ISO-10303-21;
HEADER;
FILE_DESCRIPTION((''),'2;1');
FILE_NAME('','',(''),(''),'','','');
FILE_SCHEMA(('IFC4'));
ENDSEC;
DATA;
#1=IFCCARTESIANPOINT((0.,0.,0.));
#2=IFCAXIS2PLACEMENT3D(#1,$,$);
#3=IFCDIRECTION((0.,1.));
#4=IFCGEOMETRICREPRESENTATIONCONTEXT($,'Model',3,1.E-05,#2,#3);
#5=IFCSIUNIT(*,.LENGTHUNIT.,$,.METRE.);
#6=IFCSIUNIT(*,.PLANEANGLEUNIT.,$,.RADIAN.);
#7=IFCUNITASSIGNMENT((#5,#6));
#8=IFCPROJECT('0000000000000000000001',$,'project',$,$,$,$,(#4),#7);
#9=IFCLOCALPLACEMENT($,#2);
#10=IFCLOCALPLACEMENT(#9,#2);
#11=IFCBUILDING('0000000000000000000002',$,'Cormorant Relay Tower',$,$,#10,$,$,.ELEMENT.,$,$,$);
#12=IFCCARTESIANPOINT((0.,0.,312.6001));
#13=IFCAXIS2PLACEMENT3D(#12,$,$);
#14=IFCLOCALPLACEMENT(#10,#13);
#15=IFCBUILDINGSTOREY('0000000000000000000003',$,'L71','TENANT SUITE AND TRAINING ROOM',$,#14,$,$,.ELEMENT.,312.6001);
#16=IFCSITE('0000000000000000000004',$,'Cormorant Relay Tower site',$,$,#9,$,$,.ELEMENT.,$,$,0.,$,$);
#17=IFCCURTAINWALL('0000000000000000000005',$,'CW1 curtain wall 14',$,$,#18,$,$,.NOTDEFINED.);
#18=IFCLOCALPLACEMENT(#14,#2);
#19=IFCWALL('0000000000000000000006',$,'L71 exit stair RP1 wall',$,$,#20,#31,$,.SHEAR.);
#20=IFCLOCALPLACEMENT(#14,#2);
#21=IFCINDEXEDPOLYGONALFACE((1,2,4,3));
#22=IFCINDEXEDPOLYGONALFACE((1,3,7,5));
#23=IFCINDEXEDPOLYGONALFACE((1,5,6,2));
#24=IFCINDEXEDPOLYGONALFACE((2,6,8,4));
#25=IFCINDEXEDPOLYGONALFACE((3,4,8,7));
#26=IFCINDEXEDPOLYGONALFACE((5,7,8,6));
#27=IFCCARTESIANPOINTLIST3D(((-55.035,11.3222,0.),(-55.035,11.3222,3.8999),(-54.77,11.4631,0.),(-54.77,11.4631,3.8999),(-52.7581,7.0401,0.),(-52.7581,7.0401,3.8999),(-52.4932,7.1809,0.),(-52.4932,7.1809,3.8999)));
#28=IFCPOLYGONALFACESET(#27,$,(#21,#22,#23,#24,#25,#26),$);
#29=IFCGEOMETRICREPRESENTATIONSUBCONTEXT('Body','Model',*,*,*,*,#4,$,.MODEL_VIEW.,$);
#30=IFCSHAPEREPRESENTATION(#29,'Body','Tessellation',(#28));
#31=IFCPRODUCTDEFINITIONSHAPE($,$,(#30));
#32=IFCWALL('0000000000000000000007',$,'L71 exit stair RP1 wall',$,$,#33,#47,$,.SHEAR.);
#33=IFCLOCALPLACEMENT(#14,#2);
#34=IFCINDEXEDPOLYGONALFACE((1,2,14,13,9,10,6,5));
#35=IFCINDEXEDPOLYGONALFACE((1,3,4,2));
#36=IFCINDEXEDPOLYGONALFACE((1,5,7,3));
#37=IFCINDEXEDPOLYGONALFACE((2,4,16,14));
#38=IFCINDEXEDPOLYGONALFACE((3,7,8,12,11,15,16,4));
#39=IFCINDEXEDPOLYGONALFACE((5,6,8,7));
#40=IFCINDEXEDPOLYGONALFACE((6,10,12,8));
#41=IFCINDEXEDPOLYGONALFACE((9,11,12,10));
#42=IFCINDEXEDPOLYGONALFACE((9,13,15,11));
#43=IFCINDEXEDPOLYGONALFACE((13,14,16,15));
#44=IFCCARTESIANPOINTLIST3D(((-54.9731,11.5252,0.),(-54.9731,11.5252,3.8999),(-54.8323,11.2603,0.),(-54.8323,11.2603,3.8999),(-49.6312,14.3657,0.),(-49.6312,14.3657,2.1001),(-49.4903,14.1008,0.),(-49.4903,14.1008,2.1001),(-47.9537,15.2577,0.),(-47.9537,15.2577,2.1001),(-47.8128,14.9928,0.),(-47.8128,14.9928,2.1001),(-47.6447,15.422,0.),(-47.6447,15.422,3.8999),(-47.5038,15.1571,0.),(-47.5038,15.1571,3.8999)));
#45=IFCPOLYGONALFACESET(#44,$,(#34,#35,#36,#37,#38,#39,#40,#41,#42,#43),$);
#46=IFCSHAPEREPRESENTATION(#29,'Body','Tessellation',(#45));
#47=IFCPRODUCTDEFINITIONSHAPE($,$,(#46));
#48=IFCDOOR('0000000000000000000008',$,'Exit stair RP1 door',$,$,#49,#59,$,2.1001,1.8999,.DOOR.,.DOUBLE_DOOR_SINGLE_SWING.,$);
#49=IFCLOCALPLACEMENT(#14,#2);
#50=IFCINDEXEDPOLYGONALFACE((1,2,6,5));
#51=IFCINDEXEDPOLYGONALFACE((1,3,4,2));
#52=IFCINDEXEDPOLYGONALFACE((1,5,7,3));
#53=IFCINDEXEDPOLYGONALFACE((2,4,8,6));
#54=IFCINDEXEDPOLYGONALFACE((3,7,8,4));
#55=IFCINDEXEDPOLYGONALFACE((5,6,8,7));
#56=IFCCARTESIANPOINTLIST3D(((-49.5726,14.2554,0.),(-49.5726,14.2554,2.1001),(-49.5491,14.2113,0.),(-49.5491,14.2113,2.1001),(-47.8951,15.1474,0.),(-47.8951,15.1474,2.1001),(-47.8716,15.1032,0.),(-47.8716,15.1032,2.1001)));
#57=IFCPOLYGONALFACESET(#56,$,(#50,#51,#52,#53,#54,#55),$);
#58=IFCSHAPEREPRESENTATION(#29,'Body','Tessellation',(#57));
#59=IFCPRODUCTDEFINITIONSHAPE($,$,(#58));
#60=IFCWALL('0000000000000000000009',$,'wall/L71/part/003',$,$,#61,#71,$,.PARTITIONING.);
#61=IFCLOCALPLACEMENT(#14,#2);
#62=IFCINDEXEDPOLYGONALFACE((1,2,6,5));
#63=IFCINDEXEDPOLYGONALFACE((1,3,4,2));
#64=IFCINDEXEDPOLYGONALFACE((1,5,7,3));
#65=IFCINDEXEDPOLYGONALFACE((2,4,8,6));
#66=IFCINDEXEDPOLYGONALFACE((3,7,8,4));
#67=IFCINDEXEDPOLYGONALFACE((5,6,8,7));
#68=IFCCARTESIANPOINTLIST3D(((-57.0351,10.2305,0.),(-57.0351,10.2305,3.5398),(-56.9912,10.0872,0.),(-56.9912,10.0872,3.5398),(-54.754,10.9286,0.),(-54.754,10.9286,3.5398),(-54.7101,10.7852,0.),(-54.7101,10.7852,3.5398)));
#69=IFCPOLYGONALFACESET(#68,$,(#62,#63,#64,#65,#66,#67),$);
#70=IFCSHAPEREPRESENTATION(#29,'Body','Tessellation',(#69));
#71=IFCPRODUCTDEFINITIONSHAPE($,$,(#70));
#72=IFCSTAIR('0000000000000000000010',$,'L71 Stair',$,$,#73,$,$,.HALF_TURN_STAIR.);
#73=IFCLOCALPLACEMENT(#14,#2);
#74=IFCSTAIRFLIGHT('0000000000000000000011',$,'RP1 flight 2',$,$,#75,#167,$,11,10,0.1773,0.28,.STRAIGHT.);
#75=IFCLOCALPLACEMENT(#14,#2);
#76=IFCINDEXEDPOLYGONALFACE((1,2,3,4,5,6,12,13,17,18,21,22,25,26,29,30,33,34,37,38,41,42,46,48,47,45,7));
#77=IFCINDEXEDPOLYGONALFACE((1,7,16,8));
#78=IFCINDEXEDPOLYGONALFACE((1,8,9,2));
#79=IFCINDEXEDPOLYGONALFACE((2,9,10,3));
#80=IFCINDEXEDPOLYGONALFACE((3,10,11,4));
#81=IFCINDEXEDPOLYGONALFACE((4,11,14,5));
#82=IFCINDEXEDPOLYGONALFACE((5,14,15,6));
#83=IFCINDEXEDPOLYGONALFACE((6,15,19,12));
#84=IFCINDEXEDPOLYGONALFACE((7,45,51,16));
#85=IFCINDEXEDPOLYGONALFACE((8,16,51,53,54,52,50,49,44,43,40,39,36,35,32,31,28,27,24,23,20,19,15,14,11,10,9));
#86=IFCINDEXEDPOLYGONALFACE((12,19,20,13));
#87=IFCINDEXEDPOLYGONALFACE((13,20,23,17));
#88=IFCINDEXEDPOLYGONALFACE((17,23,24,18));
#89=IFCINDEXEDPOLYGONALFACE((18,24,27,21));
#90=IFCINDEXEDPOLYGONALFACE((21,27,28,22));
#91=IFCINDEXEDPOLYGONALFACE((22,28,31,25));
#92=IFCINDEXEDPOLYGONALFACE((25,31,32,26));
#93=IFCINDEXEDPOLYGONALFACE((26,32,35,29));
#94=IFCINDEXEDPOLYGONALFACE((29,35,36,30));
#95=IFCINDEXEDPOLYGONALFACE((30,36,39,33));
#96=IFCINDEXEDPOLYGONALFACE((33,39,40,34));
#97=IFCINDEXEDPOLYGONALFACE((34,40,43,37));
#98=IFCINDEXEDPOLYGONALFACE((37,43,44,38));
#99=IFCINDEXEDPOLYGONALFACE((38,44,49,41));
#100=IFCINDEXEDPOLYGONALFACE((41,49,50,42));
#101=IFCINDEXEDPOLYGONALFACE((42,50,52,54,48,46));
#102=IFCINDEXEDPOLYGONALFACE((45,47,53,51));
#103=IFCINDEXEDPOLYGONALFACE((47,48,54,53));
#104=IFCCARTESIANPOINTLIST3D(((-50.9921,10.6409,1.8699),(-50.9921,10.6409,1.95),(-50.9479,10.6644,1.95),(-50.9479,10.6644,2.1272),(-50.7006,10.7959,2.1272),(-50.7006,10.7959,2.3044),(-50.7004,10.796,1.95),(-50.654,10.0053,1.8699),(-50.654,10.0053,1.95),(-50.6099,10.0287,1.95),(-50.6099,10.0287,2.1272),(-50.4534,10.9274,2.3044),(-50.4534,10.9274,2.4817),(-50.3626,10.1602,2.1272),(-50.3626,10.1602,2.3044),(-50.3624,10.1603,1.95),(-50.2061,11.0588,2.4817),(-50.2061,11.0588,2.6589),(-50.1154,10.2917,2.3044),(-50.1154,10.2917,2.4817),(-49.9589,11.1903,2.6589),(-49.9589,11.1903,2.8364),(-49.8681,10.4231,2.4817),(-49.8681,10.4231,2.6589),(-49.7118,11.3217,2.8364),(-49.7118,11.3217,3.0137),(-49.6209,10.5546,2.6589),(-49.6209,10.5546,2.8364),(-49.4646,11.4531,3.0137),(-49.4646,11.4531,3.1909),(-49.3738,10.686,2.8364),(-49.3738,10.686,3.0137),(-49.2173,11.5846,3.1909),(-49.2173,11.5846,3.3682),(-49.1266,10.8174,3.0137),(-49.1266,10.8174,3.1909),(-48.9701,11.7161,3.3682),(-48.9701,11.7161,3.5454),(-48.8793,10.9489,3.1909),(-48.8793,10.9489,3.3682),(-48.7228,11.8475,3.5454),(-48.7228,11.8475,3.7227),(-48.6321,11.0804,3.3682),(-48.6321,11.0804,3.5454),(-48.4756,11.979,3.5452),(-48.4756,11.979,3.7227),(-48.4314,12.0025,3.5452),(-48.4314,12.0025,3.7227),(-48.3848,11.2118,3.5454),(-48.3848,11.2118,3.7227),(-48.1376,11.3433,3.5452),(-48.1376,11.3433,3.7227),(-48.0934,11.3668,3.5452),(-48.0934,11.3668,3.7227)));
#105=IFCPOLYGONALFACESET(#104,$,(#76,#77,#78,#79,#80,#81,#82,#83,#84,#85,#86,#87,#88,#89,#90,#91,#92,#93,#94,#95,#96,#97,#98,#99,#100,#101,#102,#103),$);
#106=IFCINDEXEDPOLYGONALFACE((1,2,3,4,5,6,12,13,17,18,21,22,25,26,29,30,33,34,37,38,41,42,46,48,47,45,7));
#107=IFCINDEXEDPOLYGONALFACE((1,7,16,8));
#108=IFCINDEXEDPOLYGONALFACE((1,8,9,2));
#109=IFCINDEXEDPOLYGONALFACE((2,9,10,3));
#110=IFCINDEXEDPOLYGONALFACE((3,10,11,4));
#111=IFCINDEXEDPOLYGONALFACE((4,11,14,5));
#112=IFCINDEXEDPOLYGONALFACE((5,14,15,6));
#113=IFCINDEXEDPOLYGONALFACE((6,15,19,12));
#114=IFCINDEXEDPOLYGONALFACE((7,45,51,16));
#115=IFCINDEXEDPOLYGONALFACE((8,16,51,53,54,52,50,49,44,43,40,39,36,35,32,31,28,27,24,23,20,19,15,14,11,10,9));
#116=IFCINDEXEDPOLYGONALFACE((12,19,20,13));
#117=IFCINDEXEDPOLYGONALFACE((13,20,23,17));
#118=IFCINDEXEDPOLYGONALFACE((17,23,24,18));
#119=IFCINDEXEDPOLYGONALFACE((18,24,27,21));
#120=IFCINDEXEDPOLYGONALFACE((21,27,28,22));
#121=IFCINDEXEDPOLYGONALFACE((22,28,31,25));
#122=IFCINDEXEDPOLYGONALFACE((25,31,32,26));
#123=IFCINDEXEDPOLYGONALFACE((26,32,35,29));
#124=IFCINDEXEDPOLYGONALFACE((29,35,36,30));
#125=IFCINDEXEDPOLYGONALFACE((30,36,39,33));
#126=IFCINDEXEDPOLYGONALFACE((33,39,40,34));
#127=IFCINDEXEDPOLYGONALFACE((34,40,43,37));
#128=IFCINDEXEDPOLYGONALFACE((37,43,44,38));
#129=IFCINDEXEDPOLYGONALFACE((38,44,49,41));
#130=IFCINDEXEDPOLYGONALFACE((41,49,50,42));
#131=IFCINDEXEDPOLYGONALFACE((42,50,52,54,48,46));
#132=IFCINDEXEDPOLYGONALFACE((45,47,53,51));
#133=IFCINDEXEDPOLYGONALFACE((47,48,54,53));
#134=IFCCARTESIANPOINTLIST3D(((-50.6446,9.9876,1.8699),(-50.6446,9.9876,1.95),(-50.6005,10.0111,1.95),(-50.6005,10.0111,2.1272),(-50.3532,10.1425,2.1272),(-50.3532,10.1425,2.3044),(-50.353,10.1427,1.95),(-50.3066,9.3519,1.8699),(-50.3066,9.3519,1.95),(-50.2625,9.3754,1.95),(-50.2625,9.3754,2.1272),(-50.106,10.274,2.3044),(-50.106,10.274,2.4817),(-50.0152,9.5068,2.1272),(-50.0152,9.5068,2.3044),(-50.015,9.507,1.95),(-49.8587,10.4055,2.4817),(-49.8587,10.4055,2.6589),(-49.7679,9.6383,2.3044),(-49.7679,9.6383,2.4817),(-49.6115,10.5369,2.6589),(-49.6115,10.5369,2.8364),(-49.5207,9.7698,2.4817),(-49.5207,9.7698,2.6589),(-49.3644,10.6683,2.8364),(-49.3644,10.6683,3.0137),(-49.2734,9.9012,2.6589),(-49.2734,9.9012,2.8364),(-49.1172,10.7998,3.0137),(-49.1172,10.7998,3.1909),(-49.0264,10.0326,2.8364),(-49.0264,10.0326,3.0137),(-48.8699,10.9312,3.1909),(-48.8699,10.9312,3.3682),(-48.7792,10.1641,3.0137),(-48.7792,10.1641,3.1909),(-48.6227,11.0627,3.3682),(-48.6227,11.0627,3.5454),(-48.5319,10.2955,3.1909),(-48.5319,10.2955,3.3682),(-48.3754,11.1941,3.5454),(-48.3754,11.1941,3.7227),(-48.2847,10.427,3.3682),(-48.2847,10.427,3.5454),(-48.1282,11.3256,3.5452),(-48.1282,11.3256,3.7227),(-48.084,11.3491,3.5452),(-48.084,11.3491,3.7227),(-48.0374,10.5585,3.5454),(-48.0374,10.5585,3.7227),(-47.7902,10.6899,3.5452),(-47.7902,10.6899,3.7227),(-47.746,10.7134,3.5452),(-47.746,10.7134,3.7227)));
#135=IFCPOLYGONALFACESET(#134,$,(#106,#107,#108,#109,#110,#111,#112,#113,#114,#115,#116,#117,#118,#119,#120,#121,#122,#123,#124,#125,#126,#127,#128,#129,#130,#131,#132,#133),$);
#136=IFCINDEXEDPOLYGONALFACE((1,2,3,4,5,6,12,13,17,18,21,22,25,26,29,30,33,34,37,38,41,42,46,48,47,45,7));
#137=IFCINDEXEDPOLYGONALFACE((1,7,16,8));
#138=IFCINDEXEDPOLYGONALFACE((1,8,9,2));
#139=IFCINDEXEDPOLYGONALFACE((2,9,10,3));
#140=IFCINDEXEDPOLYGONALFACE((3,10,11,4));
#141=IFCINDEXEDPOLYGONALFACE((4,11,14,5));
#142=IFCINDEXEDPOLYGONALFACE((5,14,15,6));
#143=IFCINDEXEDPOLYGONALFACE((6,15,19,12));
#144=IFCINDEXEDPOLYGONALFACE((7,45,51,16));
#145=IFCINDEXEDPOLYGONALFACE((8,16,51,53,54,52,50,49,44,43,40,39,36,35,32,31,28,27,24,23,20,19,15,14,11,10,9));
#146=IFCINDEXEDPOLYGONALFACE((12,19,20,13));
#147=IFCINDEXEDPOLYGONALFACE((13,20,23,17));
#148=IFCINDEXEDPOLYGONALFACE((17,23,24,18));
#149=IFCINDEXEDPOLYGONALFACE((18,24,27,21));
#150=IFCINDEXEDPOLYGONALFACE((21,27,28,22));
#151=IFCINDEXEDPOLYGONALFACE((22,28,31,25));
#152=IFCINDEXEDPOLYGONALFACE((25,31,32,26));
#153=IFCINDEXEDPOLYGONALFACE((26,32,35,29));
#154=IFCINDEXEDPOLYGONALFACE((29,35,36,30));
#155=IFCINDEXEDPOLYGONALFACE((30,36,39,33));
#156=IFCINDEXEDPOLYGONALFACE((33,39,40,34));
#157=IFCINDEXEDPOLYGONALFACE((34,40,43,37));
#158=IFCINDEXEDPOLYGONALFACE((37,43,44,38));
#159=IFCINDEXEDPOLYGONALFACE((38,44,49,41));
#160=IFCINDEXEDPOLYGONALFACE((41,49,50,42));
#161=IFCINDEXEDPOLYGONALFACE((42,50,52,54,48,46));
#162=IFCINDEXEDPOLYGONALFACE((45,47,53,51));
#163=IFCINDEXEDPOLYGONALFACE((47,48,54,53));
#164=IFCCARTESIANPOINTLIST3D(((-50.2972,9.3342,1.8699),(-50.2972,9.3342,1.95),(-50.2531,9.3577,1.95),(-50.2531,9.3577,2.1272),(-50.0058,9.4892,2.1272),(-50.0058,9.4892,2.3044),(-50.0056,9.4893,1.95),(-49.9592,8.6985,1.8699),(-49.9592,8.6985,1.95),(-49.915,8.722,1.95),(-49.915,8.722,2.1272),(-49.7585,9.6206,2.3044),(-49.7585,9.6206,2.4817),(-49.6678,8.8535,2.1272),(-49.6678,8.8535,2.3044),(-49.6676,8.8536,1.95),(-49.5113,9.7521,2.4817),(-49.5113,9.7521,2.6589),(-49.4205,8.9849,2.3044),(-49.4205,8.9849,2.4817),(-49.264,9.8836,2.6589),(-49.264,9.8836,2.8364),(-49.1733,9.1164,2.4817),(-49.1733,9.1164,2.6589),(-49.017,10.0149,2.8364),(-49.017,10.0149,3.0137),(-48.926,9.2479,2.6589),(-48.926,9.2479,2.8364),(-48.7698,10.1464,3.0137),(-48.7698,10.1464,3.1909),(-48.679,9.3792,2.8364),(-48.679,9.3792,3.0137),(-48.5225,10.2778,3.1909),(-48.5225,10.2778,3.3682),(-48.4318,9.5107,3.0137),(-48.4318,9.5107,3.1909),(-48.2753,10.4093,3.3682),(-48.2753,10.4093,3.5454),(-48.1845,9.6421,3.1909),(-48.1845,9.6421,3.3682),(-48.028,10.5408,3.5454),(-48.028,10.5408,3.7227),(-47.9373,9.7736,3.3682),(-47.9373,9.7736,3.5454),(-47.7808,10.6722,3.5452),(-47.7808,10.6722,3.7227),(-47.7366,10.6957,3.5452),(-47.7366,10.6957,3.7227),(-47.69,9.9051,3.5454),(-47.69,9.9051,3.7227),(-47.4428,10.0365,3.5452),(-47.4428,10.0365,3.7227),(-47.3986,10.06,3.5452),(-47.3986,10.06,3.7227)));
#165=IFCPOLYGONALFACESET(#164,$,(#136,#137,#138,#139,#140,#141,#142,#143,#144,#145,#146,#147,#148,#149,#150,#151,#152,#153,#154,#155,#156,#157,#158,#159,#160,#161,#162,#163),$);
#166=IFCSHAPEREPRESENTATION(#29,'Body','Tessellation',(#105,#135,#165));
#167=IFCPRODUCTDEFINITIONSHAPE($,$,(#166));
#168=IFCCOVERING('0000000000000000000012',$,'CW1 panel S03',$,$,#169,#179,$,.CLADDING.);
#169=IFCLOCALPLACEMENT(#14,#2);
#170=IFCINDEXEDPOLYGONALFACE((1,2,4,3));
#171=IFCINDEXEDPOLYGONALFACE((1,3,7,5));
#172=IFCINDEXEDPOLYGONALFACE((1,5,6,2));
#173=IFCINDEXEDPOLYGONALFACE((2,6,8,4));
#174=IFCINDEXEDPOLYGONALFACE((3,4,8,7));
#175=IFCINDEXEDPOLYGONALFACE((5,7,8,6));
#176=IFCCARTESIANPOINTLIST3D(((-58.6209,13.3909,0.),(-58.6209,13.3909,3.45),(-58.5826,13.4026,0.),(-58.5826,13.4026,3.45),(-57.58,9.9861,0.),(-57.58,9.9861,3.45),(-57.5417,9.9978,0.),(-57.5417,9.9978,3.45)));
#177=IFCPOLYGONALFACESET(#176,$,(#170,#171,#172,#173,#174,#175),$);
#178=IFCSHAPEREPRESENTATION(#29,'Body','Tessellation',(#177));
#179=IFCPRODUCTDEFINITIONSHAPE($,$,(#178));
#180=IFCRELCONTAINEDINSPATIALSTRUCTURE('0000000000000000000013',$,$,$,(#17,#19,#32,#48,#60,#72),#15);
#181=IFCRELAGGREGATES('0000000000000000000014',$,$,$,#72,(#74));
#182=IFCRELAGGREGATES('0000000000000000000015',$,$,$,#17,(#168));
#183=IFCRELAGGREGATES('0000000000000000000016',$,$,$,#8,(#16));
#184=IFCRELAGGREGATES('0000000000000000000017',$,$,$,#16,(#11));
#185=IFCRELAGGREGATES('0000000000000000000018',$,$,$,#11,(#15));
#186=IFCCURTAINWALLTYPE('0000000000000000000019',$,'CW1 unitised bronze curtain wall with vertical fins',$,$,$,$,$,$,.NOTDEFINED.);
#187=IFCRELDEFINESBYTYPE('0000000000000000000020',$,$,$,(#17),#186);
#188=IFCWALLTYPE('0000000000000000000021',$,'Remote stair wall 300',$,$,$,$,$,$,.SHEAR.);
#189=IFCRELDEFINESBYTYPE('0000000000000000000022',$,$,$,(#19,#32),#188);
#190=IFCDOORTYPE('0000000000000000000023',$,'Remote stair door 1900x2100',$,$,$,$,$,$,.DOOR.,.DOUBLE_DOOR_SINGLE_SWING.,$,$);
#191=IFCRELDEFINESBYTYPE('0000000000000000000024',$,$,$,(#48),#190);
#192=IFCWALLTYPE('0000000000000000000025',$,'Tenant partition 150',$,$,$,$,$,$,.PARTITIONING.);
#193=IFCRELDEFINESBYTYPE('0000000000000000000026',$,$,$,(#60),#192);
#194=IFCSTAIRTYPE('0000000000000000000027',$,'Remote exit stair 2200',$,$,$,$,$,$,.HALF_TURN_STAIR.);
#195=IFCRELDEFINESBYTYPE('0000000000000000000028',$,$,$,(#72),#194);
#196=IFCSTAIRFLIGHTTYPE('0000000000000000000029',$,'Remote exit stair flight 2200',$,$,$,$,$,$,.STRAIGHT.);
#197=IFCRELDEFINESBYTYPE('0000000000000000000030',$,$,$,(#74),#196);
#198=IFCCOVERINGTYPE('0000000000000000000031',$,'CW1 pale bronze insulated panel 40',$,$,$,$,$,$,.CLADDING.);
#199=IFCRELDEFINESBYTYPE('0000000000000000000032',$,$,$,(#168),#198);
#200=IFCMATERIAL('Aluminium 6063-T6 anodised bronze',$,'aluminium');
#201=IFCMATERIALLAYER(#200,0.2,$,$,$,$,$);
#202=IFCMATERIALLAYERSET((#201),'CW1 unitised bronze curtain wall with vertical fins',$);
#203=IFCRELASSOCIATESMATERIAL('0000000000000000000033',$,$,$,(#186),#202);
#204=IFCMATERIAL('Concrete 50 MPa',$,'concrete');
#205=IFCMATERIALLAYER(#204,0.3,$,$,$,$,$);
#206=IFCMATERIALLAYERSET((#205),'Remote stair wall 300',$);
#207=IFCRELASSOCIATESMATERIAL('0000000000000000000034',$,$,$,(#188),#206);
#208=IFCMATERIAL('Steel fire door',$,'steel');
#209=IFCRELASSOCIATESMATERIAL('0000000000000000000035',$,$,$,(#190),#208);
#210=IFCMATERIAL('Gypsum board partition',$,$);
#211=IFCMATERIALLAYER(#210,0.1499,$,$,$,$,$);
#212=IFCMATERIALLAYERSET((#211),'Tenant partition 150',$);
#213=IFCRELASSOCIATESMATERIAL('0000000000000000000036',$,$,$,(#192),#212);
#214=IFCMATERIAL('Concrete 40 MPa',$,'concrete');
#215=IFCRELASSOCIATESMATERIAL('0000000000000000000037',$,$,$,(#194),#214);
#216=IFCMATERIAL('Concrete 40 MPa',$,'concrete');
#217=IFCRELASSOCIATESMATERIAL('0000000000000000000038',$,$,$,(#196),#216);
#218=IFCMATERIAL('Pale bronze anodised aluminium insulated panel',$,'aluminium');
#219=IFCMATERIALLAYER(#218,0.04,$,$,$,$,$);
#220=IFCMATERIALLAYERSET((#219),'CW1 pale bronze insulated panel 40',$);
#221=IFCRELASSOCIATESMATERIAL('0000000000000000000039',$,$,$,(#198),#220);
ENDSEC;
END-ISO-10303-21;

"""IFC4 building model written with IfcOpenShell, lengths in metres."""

from ifc_helpers import new_model, si_unit, direction, frame, frame_2d, origin, origin_2d, place, context, subcontext, project, spatial, polyline, rectangle, outline, extrude, material, layer, layer_set, type_object, element, fill, aggregate, save


model = new_model("IFC4")

# Units and contexts
model_context = context("Model", 3, precision=1e-05, world=origin(), true_north=direction((0.0, 1.0)))
body_context = subcontext(model_context, "Body", "Model", "MODEL_VIEW")
ifc_project = project(units=[si_unit("LENGTHUNIT", "METRE"), si_unit("PLANEANGLEUNIT", "RADIAN")], contexts=[model_context])

# Site, building, storey
site_placement = place(None, origin())
site = spatial("IfcSite", under=ifc_project, at=site_placement, Name="Cormorant Relay Tower site", CompositionType="ELEMENT", RefElevation=0.0)
building_placement = place(site_placement, origin())
building = spatial("IfcBuilding", under=site, at=building_placement, Name="Cormorant Relay Tower", CompositionType="ELEMENT")
storey_placement = place(building_placement, frame((0.0, 0.0, 312.6001)))
storey = spatial("IfcBuildingStorey", under=building, at=storey_placement, Name="L71", Description="TENANT SUITE AND TRAINING ROOM", CompositionType="ELEMENT", Elevation=312.6001)

# Curtain wall
ifc_material_1 = material(Name="Aluminium 6063-T6 anodised bronze", Category="aluminium")
ifc_layer_1 = layer(ifc_material_1, 0.2)
ifc_layer_set_1 = layer_set([ifc_layer_1], Name="CW1 unitised bronze curtain wall with vertical fins")
curtain_wall_type = type_object("IfcCurtainWallType", Name="CW1 unitised bronze curtain wall with vertical fins", PredefinedType="NOTDEFINED", material=ifc_layer_set_1)
curtain_wall_1_placement = place(storey_placement, origin())
curtain_wall_1 = element("IfcCurtainWall", 1, at=curtain_wall_1_placement, inside=storey, type_object=curtain_wall_type, Name="CW1 curtain wall 14", PredefinedType="NOTDEFINED")

# Wall
ifc_material_2 = material(Name="Concrete 50 MPa", Category="concrete")
ifc_layer_2 = layer(ifc_material_2, 0.3)
ifc_layer_set_2 = layer_set([ifc_layer_2], Name="Remote stair wall 300")
wall_type_1 = type_object("IfcWallType", Name="Remote stair wall 300", PredefinedType="SHEAR", material=ifc_layer_set_2)
wall_1_placement = place(storey_placement, frame((-52.6257, 7.1106, 0.0), z_axis=(0.0, 0.0, 1.0), x_axis=(-0.469464, 0.882951, 0.0)))
element("IfcWall", 2, at=wall_1_placement, inside=storey, type_object=wall_type_1, Name="L71 exit stair RP1 wall", PredefinedType="SHEAR", context=body_context, shape_type="SweptSolid", body=[
    extrude(rectangle(XDim=4.8499, YDim=0.3, at=frame_2d((2.4248, 0.0))), origin(), (0.0, 0.0, 1.0), 3.8999),
])

# Wall, opening, door
wall_2_placement = place(storey_placement, frame((-54.9026, 11.3928, 0.0), z_axis=(0.0, 0.0, 1.0), x_axis=(0.882939, 0.469487, 0.0)))
wall_2 = element("IfcWall", 3, at=wall_2_placement, inside=storey, type_object=wall_type_1, Name="L71 exit stair RP1 wall", PredefinedType="SHEAR", context=body_context, shape_type="SweptSolid", body=[
    extrude(rectangle(XDim=8.3, YDim=0.3, at=frame_2d((4.1499, 0.0))), origin(), (0.0, 0.0, 1.0), 3.8999),
])
opening_1_placement = place(wall_2_placement, frame((6.05, 0.0, 0.0)))
opening_1 = element("IfcOpeningElement", 4, at=opening_1_placement, cuts=wall_2, PredefinedType="OPENING", context=body_context, shape_type="SweptSolid", body=[
    extrude(rectangle(XDim=1.8999, YDim=2.1001, at=frame_2d((0.95, 1.05))), frame((0.0, 0.1599, 0.0), z_axis=(0.0, -1.0, 0.0), x_axis=(1.0, 0.0, 0.0)), (0.0, 0.0, 1.0), 0.3201),
])
ifc_material_3 = material(Name="Steel fire door", Category="steel")
door_type_1 = type_object("IfcDoorType", Name="Remote stair door 1900x2100", OperationType="DOUBLE_DOOR_SINGLE_SWING", PredefinedType="DOOR", material=ifc_material_3)
door_1_placement = place(opening_1_placement, frame((1.8999, 0.0, 0.0), z_axis=(0.0, 0.0, 1.0), x_axis=(-1.0, 0.0, 0.0)))
door_1 = element("IfcDoor", 5, at=door_1_placement, inside=storey, type_object=door_type_1, Name="Exit stair RP1 door", OperationType="DOUBLE_DOOR_SINGLE_SWING", OverallHeight=2.1001, OverallWidth=1.8999, PredefinedType="DOOR", context=body_context, shape_type="SweptSolid", body=[
    extrude(rectangle(XDim=1.8999, YDim=2.1001, at=frame_2d((0.95, 1.05))), frame((0.0, 0.0249, 0.0), z_axis=(0.0, -1.0, 0.0), x_axis=(1.0, 0.0, 0.0)), (0.0, 0.0, 1.0), 0.05),
])
fill(opening_1, door_1)

# Wall
ifc_material_4 = material(Name="Gypsum board partition")
ifc_layer_3 = layer(ifc_material_4, 0.1499)
ifc_layer_set_3 = layer_set([ifc_layer_3], Name="Tenant partition 150")
wall_type_2 = type_object("IfcWallType", Name="Tenant partition 150", PredefinedType="PARTITIONING", material=ifc_layer_set_3)
wall_3_placement = place(storey_placement, frame((-54.7319, 10.8569, 0.0), z_axis=(0.0, 0.0, 1.0), x_axis=(-0.956232, -0.292611, 0.0)))
element("IfcWall", 6, at=wall_3_placement, inside=storey, type_object=wall_type_2, Name="wall/L71/part/003", PredefinedType="PARTITIONING", context=body_context, shape_type="SweptSolid", body=[
    extrude(rectangle(XDim=2.3855, YDim=0.1499, at=frame_2d((1.1929, 0.0))), origin(), (0.0, 0.0, 1.0), 3.5398),
])

# Stair, stair flight
ifc_material_5 = material(Name="Concrete 40 MPa", Category="concrete")
stair_type = type_object("IfcStairType", Name="Remote exit stair 2200", PredefinedType="HALF_TURN_STAIR", material=ifc_material_5)
stair_placement = place(storey_placement, origin())
stair = element("IfcStair", 7, at=stair_placement, inside=storey, type_object=stair_type, Name="L71 Stair", PredefinedType="HALF_TURN_STAIR")
ifc_material_6 = material(Name="Concrete 40 MPa", Category="concrete")
stair_flight_type = type_object("IfcStairFlightType", Name="Remote exit stair flight 2200", PredefinedType="STRAIGHT", material=ifc_material_6)
stair_flight_placement = place(storey_placement, frame((-50.4314, 9.6931, 1.95), z_axis=(0.0, 0.0, 1.0), x_axis=(0.882948, 0.469472, 0.0)))
stair_flight = element("IfcStairFlight", 8, at=stair_flight_placement, type_object=stair_flight_type, Name="RP1 flight 2", NumberOfRisers=11, NumberOfTreads=10, PredefinedType="STRAIGHT", RiserHeight=0.1773, TreadLength=0.28, context=body_context, shape_type="SweptSolid", body=[
    extrude(outline(polyline([(-0.05, -0.0801), (-0.05, 0.0), (0.0, 0.0), (0.0, 0.1772), (0.28, 0.1772), (0.28, 0.3545), (0.5601, 0.3545), (0.5601, 0.5317), (0.8401, 0.5317), (0.8401, 0.709), (1.1201, 0.709), (1.1201, 0.8865), (1.3999, 0.8865), (1.3999, 1.0637), (1.6799, 1.0637), (1.6799, 1.241), (1.96, 1.241), (1.96, 1.4182), (2.24, 1.4182), (2.24, 1.5955), (2.52, 1.5955), (2.52, 1.7727), (2.8, 1.7727), (2.8501, 1.7727), (2.8501, 1.5952), (2.8, 1.5952), (0.2803, 0.0), (-0.05, -0.0801)])), frame((0.0, 1.1001, 0.0), z_axis=(0.0, -1.0, 0.0), x_axis=(1.0, 0.0, 0.0)), (0.0, 0.0, 1.0), 0.72),
    extrude(outline(polyline([(-0.05, -0.0801), (-0.05, 0.0), (0.0, 0.0), (0.0, 0.1772), (0.28, 0.1772), (0.28, 0.3545), (0.5601, 0.3545), (0.5601, 0.5317), (0.8401, 0.5317), (0.8401, 0.709), (1.1201, 0.709), (1.1201, 0.8865), (1.3999, 0.8865), (1.3999, 1.0637), (1.6799, 1.0637), (1.6799, 1.241), (1.96, 1.241), (1.96, 1.4182), (2.24, 1.4182), (2.24, 1.5955), (2.52, 1.5955), (2.52, 1.7727), (2.8, 1.7727), (2.8501, 1.7727), (2.8501, 1.5952), (2.8, 1.5952), (0.2803, 0.0), (-0.05, -0.0801)])), frame((0.0, 0.3601, 0.0), z_axis=(0.0, -1.0, 0.0), x_axis=(1.0, 0.0, 0.0)), (0.0, 0.0, 1.0), 0.72),
    extrude(outline(polyline([(-0.05, -0.0801), (-0.05, 0.0), (0.0, 0.0), (0.0, 0.1772), (0.28, 0.1772), (0.28, 0.3545), (0.5601, 0.3545), (0.5601, 0.5317), (0.8401, 0.5317), (0.8401, 0.709), (1.1201, 0.709), (1.1201, 0.8865), (1.3999, 0.8865), (1.3999, 1.0637), (1.6799, 1.0637), (1.6799, 1.241), (1.96, 1.241), (1.96, 1.4182), (2.24, 1.4182), (2.24, 1.5955), (2.52, 1.5955), (2.52, 1.7727), (2.8, 1.7727), (2.8501, 1.7727), (2.8501, 1.5952), (2.8, 1.5952), (0.2803, 0.0), (-0.05, -0.0801)])), frame((0.0, -0.3799, 0.0), z_axis=(0.0, -1.0, 0.0), x_axis=(1.0, 0.0, 0.0)), (0.0, 0.0, 1.0), 0.72),
])
aggregate(stair, [stair_flight])

# Covering
ifc_material_7 = material(Name="Pale bronze anodised aluminium insulated panel", Category="aluminium")
ifc_layer_4 = layer(ifc_material_7, 0.04)
ifc_layer_set_4 = layer_set([ifc_layer_4], Name="CW1 pale bronze insulated panel 40")
covering_type = type_object("IfcCoveringType", Name="CW1 pale bronze insulated panel 40", PredefinedType="CLADDING", material=ifc_layer_set_4)
covering_1_placement = place(storey_placement, frame((-58.0813, 11.6943, 0.0), z_axis=(0.0, 0.0, 1.0), x_axis=(0.292372, -0.956305, 0.0)))
covering_1 = element("IfcCovering", 9, at=covering_1_placement, type_object=covering_type, Name="CW1 panel S03", PredefinedType="CLADDING", context=body_context, shape_type="SweptSolid", body=[
    extrude(rectangle(XDim=3.5603, YDim=0.04, at=origin_2d()), origin(), (0.0, 0.0, 1.0), 3.45),
])
aggregate(curtain_wall_1, [covering_1])

save(model, "model.ifc")
